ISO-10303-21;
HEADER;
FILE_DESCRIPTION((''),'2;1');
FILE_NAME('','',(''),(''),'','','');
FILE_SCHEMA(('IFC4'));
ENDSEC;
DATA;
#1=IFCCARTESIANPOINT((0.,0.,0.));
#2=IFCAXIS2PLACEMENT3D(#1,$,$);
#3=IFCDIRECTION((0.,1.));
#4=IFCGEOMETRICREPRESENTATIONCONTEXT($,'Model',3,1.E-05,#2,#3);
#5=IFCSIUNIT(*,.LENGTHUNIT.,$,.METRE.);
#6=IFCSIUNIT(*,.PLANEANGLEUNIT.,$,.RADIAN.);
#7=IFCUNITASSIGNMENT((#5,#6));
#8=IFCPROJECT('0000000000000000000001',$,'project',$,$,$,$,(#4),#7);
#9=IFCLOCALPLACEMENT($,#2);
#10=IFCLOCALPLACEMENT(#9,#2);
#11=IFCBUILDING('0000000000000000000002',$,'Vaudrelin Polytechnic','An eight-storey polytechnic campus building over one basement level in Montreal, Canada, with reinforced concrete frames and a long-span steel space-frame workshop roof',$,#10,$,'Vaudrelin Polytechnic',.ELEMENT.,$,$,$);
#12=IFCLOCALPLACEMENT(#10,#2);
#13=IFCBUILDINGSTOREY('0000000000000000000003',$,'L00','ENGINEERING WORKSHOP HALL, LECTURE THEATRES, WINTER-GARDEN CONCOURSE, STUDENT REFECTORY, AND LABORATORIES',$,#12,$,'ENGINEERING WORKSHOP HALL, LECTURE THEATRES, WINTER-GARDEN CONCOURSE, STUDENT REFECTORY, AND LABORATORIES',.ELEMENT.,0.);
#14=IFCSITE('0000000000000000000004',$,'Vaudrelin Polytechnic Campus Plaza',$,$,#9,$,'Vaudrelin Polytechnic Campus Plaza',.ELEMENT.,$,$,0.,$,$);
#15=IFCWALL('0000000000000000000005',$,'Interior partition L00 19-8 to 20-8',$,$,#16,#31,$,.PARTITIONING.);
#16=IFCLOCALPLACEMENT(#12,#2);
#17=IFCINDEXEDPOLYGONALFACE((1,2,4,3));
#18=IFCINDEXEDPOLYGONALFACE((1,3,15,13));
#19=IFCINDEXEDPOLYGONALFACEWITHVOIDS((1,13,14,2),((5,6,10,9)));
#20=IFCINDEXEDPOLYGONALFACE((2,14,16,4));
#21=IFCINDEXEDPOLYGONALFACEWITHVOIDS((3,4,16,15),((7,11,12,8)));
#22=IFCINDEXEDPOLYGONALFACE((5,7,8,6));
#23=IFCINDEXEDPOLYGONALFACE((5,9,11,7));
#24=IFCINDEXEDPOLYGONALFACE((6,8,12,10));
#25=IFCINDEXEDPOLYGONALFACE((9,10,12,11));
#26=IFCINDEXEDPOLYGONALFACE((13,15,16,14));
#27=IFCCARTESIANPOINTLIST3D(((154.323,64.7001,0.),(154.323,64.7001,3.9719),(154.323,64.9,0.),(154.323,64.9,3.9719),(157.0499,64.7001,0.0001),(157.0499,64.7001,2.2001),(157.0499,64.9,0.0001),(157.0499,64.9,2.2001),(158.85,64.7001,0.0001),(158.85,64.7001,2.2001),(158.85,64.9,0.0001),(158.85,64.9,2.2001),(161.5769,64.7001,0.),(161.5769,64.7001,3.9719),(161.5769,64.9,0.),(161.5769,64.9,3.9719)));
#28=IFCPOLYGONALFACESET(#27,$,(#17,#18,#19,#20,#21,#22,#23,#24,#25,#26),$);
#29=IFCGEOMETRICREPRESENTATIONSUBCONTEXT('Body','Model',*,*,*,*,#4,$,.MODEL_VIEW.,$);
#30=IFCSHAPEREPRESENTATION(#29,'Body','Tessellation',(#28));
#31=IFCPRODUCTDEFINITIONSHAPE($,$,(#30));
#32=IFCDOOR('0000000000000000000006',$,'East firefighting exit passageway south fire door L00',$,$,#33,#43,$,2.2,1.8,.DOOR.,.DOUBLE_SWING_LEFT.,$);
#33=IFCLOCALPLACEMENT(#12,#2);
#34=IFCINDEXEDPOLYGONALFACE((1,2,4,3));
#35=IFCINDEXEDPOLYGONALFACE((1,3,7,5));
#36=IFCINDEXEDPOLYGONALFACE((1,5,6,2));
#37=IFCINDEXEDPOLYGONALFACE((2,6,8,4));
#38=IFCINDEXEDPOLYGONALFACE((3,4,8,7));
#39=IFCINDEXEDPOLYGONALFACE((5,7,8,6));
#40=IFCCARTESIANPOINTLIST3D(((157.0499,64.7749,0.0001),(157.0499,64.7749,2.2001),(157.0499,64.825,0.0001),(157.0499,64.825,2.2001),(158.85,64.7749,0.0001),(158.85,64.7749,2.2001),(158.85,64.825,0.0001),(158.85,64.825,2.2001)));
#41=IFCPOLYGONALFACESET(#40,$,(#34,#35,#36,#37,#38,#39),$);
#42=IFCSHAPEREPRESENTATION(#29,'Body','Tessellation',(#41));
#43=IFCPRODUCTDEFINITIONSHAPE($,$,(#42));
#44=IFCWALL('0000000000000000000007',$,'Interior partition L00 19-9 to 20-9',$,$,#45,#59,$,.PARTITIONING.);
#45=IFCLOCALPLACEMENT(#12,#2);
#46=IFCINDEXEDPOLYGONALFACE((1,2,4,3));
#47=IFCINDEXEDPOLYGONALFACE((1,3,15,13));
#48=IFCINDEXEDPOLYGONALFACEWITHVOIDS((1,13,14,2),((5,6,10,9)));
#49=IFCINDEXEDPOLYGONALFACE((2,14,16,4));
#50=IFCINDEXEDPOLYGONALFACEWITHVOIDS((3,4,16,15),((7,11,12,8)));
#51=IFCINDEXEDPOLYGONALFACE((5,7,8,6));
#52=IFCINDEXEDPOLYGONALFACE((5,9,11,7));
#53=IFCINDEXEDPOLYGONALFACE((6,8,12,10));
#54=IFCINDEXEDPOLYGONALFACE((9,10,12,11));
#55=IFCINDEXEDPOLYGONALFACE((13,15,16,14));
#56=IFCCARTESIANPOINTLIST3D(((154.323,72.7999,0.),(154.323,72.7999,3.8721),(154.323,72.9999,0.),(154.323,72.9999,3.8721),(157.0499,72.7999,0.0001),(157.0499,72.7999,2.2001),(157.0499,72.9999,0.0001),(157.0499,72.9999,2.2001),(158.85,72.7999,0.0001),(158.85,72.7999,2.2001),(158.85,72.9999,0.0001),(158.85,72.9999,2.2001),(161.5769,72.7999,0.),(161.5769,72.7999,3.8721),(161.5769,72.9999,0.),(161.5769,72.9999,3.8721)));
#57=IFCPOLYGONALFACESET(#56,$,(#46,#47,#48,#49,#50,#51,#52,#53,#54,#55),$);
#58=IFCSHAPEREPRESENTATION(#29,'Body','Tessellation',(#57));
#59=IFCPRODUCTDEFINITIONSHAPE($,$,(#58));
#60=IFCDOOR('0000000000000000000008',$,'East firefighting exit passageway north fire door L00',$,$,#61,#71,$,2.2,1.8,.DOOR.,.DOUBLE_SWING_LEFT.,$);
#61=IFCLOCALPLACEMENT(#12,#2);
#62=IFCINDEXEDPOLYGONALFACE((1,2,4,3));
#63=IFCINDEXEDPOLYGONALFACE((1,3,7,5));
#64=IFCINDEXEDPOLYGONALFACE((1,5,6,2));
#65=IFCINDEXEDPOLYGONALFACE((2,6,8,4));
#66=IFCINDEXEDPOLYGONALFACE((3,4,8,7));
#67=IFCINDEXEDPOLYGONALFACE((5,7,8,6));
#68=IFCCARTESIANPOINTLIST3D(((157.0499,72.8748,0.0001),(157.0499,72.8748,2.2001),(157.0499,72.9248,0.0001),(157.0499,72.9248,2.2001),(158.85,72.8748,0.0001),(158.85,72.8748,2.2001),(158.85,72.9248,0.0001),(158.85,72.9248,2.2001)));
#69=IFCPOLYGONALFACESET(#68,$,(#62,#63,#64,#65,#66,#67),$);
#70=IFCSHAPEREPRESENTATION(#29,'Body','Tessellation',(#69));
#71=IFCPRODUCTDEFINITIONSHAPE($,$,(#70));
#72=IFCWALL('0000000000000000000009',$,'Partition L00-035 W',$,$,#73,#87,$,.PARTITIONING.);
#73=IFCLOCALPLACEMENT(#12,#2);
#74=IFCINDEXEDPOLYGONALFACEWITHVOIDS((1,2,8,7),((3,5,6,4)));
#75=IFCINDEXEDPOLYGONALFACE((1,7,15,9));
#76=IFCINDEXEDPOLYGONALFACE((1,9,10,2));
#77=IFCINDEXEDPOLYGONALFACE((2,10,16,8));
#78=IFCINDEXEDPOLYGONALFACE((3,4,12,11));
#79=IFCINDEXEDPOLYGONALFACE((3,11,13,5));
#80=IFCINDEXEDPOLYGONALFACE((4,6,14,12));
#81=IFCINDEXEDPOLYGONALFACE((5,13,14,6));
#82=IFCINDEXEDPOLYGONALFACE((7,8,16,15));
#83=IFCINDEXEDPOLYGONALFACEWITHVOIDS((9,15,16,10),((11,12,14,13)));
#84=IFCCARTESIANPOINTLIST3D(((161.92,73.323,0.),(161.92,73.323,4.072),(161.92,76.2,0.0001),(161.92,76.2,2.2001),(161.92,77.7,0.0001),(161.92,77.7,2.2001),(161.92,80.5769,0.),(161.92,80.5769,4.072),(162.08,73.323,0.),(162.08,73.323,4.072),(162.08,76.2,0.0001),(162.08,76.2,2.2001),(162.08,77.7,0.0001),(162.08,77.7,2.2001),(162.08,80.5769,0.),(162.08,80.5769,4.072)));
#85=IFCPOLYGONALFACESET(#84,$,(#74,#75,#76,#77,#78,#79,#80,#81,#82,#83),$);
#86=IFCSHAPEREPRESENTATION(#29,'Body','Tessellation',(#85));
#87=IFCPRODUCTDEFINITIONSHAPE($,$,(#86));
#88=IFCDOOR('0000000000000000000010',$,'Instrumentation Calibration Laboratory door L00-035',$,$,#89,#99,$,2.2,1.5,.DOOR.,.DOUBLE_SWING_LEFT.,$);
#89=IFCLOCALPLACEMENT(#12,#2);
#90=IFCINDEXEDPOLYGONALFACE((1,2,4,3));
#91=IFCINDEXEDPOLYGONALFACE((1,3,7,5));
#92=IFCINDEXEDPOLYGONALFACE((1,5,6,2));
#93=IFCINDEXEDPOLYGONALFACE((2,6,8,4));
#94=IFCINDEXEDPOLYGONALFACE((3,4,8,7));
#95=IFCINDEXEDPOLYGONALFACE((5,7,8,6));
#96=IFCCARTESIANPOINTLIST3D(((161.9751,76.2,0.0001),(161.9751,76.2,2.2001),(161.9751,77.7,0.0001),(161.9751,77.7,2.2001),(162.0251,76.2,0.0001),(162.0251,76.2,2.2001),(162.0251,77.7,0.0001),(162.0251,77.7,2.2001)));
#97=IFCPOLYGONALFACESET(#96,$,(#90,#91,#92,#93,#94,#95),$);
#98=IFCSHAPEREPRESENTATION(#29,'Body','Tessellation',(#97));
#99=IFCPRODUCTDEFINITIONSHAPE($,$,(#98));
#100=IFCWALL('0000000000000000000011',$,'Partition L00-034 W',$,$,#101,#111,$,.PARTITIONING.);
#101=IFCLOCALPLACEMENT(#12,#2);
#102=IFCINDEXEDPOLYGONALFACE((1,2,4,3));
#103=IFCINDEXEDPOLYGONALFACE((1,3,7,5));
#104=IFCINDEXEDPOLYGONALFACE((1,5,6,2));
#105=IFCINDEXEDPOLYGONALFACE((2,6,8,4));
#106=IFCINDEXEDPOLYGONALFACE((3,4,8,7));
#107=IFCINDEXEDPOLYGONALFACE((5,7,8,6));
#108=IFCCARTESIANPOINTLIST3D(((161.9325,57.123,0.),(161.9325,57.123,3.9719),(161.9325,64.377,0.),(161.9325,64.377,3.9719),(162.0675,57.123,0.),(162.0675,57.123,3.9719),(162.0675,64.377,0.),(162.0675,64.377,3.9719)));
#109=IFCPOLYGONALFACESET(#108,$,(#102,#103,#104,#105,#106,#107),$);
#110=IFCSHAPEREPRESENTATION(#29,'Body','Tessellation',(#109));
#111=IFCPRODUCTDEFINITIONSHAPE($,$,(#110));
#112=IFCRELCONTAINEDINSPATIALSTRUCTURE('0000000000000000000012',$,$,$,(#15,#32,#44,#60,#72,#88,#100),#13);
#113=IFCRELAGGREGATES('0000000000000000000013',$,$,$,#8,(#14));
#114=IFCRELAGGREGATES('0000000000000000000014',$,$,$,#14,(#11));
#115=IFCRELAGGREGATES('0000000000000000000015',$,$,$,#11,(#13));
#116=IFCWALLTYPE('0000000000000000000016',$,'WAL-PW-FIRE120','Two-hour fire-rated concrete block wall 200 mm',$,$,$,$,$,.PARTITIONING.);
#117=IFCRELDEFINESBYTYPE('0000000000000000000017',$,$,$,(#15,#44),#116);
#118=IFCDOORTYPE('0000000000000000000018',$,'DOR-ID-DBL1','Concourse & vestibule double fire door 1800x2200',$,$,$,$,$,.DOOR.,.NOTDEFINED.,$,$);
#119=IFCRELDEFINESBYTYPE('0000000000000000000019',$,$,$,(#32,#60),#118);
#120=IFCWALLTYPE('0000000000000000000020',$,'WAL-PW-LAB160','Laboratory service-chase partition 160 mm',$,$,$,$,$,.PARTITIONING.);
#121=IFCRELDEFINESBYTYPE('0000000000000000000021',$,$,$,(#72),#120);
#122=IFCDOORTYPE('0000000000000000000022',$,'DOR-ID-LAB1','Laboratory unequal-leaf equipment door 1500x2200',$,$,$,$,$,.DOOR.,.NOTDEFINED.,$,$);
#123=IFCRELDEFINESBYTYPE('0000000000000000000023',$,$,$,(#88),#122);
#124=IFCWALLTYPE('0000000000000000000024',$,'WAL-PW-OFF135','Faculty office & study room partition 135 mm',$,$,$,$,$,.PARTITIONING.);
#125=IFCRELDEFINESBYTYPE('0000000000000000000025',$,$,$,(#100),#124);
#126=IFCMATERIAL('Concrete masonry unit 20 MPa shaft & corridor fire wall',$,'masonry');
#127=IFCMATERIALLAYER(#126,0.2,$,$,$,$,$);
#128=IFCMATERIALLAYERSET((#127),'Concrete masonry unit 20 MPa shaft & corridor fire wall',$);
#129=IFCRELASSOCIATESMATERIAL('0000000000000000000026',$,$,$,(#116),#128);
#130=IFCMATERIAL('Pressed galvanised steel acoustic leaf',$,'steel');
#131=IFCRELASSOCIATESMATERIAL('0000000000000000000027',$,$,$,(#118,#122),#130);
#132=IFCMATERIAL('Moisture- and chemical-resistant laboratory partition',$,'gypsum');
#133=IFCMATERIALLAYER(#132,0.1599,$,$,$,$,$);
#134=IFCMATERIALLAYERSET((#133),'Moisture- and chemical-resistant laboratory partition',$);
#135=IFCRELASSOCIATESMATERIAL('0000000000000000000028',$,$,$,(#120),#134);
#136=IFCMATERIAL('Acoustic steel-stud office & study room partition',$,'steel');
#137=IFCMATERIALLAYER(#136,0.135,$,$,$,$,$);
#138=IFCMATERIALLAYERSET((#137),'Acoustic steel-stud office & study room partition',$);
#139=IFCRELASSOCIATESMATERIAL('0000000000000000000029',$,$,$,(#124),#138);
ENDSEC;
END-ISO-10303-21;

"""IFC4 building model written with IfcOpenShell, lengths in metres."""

from ifc_helpers import new_model, si_unit, direction, frame, frame_2d, origin, place, context, subcontext, project, spatial, rectangle, extrude, material, layer, layer_set, type_object, element, fill, save


model = new_model("IFC4")

# Units and contexts
model_context = context("Model", 3, precision=1e-05, world=origin(), true_north=direction((0.0, 1.0)))
body_context = subcontext(model_context, "Body", "Model", "MODEL_VIEW")
ifc_project = project(units=[si_unit("LENGTHUNIT", "METRE"), si_unit("PLANEANGLEUNIT", "RADIAN")], contexts=[model_context])

# Site, building, storey
site_placement = place(None, origin())
site = spatial("IfcSite", under=ifc_project, at=site_placement, Name="Vaudrelin Polytechnic Campus Plaza", LongName="Vaudrelin Polytechnic Campus Plaza", CompositionType="ELEMENT", RefElevation=0.0)
building_placement = place(site_placement, origin())
building = spatial("IfcBuilding", under=site, at=building_placement, Name="Vaudrelin Polytechnic", Description="An eight-storey polytechnic campus building over one basement level in Montreal, Canada, with reinforced concrete frames and a long-span steel space-frame workshop roof", LongName="Vaudrelin Polytechnic", CompositionType="ELEMENT")
storey_placement = place(building_placement, origin())
storey = spatial("IfcBuildingStorey", under=building, at=storey_placement, Name="L00", Description="ENGINEERING WORKSHOP HALL, LECTURE THEATRES, WINTER-GARDEN CONCOURSE, STUDENT REFECTORY, AND LABORATORIES", LongName="ENGINEERING WORKSHOP HALL, LECTURE THEATRES, WINTER-GARDEN CONCOURSE, STUDENT REFECTORY, AND LABORATORIES", CompositionType="ELEMENT", Elevation=0.0)

# Walls, openings, doors
ifc_material_1 = material(Name="Concrete masonry unit 20 MPa shaft & corridor fire wall", Category="masonry")
ifc_layer_1 = layer(ifc_material_1, 0.2)
ifc_layer_set_1 = layer_set([ifc_layer_1], Name="Concrete masonry unit 20 MPa shaft & corridor fire wall")
wall_type_1 = type_object("IfcWallType", Name="WAL-PW-FIRE120", Description="Two-hour fire-rated concrete block wall 200 mm", PredefinedType="PARTITIONING", material=ifc_layer_set_1)
wall_1_placement = place(storey_placement, frame((154.323, 64.8, 0.0), z_axis=(0.0, 0.0, 1.0), x_axis=(1.0, 0.0, 0.0)))
wall_1 = element("IfcWall", 1, at=wall_1_placement, inside=storey, type_object=wall_type_1, Name="Interior partition L00 19-8 to 20-8", PredefinedType="PARTITIONING", context=body_context, shape_type="SweptSolid", body=[
    extrude(rectangle(XDim=7.2539, YDim=0.2, at=frame_2d((3.627, 0.0))), origin(), (0.0, 0.0, 1.0), 3.9719),
])
opening_1_placement = place(wall_1_placement, frame((2.7271, 0.0, 0.0)))
opening_1 = element("IfcOpeningElement", 2, at=opening_1_placement, cuts=wall_1, PredefinedType="OPENING", context=body_context, shape_type="SweptSolid", body=[
    extrude(rectangle(XDim=1.8, YDim=2.2, at=frame_2d((0.8999, 1.1001))), frame((0.0, 0.1099, 0.0), z_axis=(0.0, -1.0, 0.0), x_axis=(1.0, 0.0, 0.0)), (0.0, 0.0, 1.0), 0.22),
])
ifc_material_2 = material(Name="Pressed galvanised steel acoustic leaf", Category="steel")
door_type_1 = type_object("IfcDoorType", Name="DOR-ID-DBL1", Description="Concourse & vestibule double fire door 1800x2200", OperationType="NOTDEFINED", PredefinedType="DOOR", material=ifc_material_2)
door_1_placement = place(opening_1_placement, origin())
door_1 = element("IfcDoor", 3, at=door_1_placement, inside=storey, type_object=door_type_1, Name="East firefighting exit passageway south fire door L00", OperationType="DOUBLE_SWING_LEFT", OverallHeight=2.2, OverallWidth=1.8, PredefinedType="DOOR", context=body_context, shape_type="SweptSolid", body=[
    extrude(rectangle(XDim=1.8, YDim=2.2, at=frame_2d((0.8999, 1.1001))), frame((0.0, 0.0249, 0.0), z_axis=(0.0, -1.0, 0.0), x_axis=(1.0, 0.0, 0.0)), (0.0, 0.0, 1.0), 0.05),
])
fill(opening_1, door_1)
wall_2_placement = place(storey_placement, frame((154.323, 72.8999, 0.0), z_axis=(0.0, 0.0, 1.0), x_axis=(1.0, 0.0, 0.0)))
wall_2 = element("IfcWall", 4, at=wall_2_placement, inside=storey, type_object=wall_type_1, Name="Interior partition L00 19-9 to 20-9", PredefinedType="PARTITIONING", context=body_context, shape_type="SweptSolid", body=[
    extrude(rectangle(XDim=7.2539, YDim=0.2, at=frame_2d((3.627, 0.0))), origin(), (0.0, 0.0, 1.0), 3.8721),
])
opening_2_placement = place(wall_2_placement, frame((2.7271, 0.0, 0.0)))
opening_2 = element("IfcOpeningElement", 5, at=opening_2_placement, cuts=wall_2, PredefinedType="OPENING", context=body_context, shape_type="SweptSolid", body=[
    extrude(rectangle(XDim=1.8, YDim=2.2, at=frame_2d((0.8999, 1.1001))), frame((0.0, 0.1099, 0.0), z_axis=(0.0, -1.0, 0.0), x_axis=(1.0, 0.0, 0.0)), (0.0, 0.0, 1.0), 0.22),
])
door_2_placement = place(opening_2_placement, origin())
door_2 = element("IfcDoor", 6, at=door_2_placement, inside=storey, type_object=door_type_1, Name="East firefighting exit passageway north fire door L00", OperationType="DOUBLE_SWING_LEFT", OverallHeight=2.2, OverallWidth=1.8, PredefinedType="DOOR", context=body_context, shape_type="SweptSolid", body=[
    extrude(rectangle(XDim=1.8, YDim=2.2, at=frame_2d((0.8999, 1.1001))), frame((0.0, 0.0249, 0.0), z_axis=(0.0, -1.0, 0.0), x_axis=(1.0, 0.0, 0.0)), (0.0, 0.0, 1.0), 0.05),
])
fill(opening_2, door_2)
ifc_material_3 = material(Name="Moisture- and chemical-resistant laboratory partition", Category="gypsum")
ifc_layer_2 = layer(ifc_material_3, 0.1599)
ifc_layer_set_2 = layer_set([ifc_layer_2], Name="Moisture- and chemical-resistant laboratory partition")
wall_type_2 = type_object("IfcWallType", Name="WAL-PW-LAB160", Description="Laboratory service-chase partition 160 mm", PredefinedType="PARTITIONING", material=ifc_layer_set_2)
wall_3_placement = place(storey_placement, frame((162.0, 73.323, 0.0), z_axis=(0.0, 0.0, 1.0), x_axis=(0.0, 1.0, 0.0)))
wall_3 = element("IfcWall", 7, at=wall_3_placement, inside=storey, type_object=wall_type_2, Name="Partition L00-035 W", PredefinedType="PARTITIONING", context=body_context, shape_type="SweptSolid", body=[
    extrude(rectangle(XDim=7.2539, YDim=0.1599, at=frame_2d((3.627, 0.0))), origin(), (0.0, 0.0, 1.0), 4.072),
])
opening_3_placement = place(wall_3_placement, frame((2.877, 0.0, 0.0)))
opening_3 = element("IfcOpeningElement", 8, at=opening_3_placement, cuts=wall_3, PredefinedType="OPENING", context=body_context, shape_type="SweptSolid", body=[
    extrude(rectangle(XDim=1.5, YDim=2.2, at=frame_2d((0.75, 1.1001))), frame((0.0, 0.0898, 0.0), z_axis=(0.0, -1.0, 0.0), x_axis=(1.0, 0.0, 0.0)), (0.0, 0.0, 1.0), 0.1799),
])
door_type_2 = type_object("IfcDoorType", Name="DOR-ID-LAB1", Description="Laboratory unequal-leaf equipment door 1500x2200", OperationType="NOTDEFINED", PredefinedType="DOOR", material=ifc_material_2)
door_3_placement = place(opening_3_placement, origin())
door_3 = element("IfcDoor", 9, at=door_3_placement, inside=storey, type_object=door_type_2, Name="Instrumentation Calibration Laboratory door L00-035", OperationType="DOUBLE_SWING_LEFT", OverallHeight=2.2, OverallWidth=1.5, PredefinedType="DOOR", context=body_context, shape_type="SweptSolid", body=[
    extrude(rectangle(XDim=1.5, YDim=2.2, at=frame_2d((0.75, 1.1001))), frame((0.0, 0.0249, 0.0), z_axis=(0.0, -1.0, 0.0), x_axis=(1.0, 0.0, 0.0)), (0.0, 0.0, 1.0), 0.05),
])
fill(opening_3, door_3)

# Wall
ifc_material_4 = material(Name="Acoustic steel-stud office & study room partition", Category="steel")
ifc_layer_3 = layer(ifc_material_4, 0.135)
ifc_layer_set_3 = layer_set([ifc_layer_3], Name="Acoustic steel-stud office & study room partition")
wall_type_3 = type_object("IfcWallType", Name="WAL-PW-OFF135", Description="Faculty office & study room partition 135 mm", PredefinedType="PARTITIONING", material=ifc_layer_set_3)
wall_4_placement = place(storey_placement, frame((162.0, 57.123, 0.0), z_axis=(0.0, 0.0, 1.0), x_axis=(0.0, 1.0, 0.0)))
element("IfcWall", 10, at=wall_4_placement, inside=storey, type_object=wall_type_3, Name="Partition L00-034 W", PredefinedType="PARTITIONING", context=body_context, shape_type="SweptSolid", body=[
    extrude(rectangle(XDim=7.2539, YDim=0.135, at=frame_2d((3.627, 0.0))), origin(), (0.0, 0.0, 1.0), 3.9719),
])

save(model, "model.ifc")
